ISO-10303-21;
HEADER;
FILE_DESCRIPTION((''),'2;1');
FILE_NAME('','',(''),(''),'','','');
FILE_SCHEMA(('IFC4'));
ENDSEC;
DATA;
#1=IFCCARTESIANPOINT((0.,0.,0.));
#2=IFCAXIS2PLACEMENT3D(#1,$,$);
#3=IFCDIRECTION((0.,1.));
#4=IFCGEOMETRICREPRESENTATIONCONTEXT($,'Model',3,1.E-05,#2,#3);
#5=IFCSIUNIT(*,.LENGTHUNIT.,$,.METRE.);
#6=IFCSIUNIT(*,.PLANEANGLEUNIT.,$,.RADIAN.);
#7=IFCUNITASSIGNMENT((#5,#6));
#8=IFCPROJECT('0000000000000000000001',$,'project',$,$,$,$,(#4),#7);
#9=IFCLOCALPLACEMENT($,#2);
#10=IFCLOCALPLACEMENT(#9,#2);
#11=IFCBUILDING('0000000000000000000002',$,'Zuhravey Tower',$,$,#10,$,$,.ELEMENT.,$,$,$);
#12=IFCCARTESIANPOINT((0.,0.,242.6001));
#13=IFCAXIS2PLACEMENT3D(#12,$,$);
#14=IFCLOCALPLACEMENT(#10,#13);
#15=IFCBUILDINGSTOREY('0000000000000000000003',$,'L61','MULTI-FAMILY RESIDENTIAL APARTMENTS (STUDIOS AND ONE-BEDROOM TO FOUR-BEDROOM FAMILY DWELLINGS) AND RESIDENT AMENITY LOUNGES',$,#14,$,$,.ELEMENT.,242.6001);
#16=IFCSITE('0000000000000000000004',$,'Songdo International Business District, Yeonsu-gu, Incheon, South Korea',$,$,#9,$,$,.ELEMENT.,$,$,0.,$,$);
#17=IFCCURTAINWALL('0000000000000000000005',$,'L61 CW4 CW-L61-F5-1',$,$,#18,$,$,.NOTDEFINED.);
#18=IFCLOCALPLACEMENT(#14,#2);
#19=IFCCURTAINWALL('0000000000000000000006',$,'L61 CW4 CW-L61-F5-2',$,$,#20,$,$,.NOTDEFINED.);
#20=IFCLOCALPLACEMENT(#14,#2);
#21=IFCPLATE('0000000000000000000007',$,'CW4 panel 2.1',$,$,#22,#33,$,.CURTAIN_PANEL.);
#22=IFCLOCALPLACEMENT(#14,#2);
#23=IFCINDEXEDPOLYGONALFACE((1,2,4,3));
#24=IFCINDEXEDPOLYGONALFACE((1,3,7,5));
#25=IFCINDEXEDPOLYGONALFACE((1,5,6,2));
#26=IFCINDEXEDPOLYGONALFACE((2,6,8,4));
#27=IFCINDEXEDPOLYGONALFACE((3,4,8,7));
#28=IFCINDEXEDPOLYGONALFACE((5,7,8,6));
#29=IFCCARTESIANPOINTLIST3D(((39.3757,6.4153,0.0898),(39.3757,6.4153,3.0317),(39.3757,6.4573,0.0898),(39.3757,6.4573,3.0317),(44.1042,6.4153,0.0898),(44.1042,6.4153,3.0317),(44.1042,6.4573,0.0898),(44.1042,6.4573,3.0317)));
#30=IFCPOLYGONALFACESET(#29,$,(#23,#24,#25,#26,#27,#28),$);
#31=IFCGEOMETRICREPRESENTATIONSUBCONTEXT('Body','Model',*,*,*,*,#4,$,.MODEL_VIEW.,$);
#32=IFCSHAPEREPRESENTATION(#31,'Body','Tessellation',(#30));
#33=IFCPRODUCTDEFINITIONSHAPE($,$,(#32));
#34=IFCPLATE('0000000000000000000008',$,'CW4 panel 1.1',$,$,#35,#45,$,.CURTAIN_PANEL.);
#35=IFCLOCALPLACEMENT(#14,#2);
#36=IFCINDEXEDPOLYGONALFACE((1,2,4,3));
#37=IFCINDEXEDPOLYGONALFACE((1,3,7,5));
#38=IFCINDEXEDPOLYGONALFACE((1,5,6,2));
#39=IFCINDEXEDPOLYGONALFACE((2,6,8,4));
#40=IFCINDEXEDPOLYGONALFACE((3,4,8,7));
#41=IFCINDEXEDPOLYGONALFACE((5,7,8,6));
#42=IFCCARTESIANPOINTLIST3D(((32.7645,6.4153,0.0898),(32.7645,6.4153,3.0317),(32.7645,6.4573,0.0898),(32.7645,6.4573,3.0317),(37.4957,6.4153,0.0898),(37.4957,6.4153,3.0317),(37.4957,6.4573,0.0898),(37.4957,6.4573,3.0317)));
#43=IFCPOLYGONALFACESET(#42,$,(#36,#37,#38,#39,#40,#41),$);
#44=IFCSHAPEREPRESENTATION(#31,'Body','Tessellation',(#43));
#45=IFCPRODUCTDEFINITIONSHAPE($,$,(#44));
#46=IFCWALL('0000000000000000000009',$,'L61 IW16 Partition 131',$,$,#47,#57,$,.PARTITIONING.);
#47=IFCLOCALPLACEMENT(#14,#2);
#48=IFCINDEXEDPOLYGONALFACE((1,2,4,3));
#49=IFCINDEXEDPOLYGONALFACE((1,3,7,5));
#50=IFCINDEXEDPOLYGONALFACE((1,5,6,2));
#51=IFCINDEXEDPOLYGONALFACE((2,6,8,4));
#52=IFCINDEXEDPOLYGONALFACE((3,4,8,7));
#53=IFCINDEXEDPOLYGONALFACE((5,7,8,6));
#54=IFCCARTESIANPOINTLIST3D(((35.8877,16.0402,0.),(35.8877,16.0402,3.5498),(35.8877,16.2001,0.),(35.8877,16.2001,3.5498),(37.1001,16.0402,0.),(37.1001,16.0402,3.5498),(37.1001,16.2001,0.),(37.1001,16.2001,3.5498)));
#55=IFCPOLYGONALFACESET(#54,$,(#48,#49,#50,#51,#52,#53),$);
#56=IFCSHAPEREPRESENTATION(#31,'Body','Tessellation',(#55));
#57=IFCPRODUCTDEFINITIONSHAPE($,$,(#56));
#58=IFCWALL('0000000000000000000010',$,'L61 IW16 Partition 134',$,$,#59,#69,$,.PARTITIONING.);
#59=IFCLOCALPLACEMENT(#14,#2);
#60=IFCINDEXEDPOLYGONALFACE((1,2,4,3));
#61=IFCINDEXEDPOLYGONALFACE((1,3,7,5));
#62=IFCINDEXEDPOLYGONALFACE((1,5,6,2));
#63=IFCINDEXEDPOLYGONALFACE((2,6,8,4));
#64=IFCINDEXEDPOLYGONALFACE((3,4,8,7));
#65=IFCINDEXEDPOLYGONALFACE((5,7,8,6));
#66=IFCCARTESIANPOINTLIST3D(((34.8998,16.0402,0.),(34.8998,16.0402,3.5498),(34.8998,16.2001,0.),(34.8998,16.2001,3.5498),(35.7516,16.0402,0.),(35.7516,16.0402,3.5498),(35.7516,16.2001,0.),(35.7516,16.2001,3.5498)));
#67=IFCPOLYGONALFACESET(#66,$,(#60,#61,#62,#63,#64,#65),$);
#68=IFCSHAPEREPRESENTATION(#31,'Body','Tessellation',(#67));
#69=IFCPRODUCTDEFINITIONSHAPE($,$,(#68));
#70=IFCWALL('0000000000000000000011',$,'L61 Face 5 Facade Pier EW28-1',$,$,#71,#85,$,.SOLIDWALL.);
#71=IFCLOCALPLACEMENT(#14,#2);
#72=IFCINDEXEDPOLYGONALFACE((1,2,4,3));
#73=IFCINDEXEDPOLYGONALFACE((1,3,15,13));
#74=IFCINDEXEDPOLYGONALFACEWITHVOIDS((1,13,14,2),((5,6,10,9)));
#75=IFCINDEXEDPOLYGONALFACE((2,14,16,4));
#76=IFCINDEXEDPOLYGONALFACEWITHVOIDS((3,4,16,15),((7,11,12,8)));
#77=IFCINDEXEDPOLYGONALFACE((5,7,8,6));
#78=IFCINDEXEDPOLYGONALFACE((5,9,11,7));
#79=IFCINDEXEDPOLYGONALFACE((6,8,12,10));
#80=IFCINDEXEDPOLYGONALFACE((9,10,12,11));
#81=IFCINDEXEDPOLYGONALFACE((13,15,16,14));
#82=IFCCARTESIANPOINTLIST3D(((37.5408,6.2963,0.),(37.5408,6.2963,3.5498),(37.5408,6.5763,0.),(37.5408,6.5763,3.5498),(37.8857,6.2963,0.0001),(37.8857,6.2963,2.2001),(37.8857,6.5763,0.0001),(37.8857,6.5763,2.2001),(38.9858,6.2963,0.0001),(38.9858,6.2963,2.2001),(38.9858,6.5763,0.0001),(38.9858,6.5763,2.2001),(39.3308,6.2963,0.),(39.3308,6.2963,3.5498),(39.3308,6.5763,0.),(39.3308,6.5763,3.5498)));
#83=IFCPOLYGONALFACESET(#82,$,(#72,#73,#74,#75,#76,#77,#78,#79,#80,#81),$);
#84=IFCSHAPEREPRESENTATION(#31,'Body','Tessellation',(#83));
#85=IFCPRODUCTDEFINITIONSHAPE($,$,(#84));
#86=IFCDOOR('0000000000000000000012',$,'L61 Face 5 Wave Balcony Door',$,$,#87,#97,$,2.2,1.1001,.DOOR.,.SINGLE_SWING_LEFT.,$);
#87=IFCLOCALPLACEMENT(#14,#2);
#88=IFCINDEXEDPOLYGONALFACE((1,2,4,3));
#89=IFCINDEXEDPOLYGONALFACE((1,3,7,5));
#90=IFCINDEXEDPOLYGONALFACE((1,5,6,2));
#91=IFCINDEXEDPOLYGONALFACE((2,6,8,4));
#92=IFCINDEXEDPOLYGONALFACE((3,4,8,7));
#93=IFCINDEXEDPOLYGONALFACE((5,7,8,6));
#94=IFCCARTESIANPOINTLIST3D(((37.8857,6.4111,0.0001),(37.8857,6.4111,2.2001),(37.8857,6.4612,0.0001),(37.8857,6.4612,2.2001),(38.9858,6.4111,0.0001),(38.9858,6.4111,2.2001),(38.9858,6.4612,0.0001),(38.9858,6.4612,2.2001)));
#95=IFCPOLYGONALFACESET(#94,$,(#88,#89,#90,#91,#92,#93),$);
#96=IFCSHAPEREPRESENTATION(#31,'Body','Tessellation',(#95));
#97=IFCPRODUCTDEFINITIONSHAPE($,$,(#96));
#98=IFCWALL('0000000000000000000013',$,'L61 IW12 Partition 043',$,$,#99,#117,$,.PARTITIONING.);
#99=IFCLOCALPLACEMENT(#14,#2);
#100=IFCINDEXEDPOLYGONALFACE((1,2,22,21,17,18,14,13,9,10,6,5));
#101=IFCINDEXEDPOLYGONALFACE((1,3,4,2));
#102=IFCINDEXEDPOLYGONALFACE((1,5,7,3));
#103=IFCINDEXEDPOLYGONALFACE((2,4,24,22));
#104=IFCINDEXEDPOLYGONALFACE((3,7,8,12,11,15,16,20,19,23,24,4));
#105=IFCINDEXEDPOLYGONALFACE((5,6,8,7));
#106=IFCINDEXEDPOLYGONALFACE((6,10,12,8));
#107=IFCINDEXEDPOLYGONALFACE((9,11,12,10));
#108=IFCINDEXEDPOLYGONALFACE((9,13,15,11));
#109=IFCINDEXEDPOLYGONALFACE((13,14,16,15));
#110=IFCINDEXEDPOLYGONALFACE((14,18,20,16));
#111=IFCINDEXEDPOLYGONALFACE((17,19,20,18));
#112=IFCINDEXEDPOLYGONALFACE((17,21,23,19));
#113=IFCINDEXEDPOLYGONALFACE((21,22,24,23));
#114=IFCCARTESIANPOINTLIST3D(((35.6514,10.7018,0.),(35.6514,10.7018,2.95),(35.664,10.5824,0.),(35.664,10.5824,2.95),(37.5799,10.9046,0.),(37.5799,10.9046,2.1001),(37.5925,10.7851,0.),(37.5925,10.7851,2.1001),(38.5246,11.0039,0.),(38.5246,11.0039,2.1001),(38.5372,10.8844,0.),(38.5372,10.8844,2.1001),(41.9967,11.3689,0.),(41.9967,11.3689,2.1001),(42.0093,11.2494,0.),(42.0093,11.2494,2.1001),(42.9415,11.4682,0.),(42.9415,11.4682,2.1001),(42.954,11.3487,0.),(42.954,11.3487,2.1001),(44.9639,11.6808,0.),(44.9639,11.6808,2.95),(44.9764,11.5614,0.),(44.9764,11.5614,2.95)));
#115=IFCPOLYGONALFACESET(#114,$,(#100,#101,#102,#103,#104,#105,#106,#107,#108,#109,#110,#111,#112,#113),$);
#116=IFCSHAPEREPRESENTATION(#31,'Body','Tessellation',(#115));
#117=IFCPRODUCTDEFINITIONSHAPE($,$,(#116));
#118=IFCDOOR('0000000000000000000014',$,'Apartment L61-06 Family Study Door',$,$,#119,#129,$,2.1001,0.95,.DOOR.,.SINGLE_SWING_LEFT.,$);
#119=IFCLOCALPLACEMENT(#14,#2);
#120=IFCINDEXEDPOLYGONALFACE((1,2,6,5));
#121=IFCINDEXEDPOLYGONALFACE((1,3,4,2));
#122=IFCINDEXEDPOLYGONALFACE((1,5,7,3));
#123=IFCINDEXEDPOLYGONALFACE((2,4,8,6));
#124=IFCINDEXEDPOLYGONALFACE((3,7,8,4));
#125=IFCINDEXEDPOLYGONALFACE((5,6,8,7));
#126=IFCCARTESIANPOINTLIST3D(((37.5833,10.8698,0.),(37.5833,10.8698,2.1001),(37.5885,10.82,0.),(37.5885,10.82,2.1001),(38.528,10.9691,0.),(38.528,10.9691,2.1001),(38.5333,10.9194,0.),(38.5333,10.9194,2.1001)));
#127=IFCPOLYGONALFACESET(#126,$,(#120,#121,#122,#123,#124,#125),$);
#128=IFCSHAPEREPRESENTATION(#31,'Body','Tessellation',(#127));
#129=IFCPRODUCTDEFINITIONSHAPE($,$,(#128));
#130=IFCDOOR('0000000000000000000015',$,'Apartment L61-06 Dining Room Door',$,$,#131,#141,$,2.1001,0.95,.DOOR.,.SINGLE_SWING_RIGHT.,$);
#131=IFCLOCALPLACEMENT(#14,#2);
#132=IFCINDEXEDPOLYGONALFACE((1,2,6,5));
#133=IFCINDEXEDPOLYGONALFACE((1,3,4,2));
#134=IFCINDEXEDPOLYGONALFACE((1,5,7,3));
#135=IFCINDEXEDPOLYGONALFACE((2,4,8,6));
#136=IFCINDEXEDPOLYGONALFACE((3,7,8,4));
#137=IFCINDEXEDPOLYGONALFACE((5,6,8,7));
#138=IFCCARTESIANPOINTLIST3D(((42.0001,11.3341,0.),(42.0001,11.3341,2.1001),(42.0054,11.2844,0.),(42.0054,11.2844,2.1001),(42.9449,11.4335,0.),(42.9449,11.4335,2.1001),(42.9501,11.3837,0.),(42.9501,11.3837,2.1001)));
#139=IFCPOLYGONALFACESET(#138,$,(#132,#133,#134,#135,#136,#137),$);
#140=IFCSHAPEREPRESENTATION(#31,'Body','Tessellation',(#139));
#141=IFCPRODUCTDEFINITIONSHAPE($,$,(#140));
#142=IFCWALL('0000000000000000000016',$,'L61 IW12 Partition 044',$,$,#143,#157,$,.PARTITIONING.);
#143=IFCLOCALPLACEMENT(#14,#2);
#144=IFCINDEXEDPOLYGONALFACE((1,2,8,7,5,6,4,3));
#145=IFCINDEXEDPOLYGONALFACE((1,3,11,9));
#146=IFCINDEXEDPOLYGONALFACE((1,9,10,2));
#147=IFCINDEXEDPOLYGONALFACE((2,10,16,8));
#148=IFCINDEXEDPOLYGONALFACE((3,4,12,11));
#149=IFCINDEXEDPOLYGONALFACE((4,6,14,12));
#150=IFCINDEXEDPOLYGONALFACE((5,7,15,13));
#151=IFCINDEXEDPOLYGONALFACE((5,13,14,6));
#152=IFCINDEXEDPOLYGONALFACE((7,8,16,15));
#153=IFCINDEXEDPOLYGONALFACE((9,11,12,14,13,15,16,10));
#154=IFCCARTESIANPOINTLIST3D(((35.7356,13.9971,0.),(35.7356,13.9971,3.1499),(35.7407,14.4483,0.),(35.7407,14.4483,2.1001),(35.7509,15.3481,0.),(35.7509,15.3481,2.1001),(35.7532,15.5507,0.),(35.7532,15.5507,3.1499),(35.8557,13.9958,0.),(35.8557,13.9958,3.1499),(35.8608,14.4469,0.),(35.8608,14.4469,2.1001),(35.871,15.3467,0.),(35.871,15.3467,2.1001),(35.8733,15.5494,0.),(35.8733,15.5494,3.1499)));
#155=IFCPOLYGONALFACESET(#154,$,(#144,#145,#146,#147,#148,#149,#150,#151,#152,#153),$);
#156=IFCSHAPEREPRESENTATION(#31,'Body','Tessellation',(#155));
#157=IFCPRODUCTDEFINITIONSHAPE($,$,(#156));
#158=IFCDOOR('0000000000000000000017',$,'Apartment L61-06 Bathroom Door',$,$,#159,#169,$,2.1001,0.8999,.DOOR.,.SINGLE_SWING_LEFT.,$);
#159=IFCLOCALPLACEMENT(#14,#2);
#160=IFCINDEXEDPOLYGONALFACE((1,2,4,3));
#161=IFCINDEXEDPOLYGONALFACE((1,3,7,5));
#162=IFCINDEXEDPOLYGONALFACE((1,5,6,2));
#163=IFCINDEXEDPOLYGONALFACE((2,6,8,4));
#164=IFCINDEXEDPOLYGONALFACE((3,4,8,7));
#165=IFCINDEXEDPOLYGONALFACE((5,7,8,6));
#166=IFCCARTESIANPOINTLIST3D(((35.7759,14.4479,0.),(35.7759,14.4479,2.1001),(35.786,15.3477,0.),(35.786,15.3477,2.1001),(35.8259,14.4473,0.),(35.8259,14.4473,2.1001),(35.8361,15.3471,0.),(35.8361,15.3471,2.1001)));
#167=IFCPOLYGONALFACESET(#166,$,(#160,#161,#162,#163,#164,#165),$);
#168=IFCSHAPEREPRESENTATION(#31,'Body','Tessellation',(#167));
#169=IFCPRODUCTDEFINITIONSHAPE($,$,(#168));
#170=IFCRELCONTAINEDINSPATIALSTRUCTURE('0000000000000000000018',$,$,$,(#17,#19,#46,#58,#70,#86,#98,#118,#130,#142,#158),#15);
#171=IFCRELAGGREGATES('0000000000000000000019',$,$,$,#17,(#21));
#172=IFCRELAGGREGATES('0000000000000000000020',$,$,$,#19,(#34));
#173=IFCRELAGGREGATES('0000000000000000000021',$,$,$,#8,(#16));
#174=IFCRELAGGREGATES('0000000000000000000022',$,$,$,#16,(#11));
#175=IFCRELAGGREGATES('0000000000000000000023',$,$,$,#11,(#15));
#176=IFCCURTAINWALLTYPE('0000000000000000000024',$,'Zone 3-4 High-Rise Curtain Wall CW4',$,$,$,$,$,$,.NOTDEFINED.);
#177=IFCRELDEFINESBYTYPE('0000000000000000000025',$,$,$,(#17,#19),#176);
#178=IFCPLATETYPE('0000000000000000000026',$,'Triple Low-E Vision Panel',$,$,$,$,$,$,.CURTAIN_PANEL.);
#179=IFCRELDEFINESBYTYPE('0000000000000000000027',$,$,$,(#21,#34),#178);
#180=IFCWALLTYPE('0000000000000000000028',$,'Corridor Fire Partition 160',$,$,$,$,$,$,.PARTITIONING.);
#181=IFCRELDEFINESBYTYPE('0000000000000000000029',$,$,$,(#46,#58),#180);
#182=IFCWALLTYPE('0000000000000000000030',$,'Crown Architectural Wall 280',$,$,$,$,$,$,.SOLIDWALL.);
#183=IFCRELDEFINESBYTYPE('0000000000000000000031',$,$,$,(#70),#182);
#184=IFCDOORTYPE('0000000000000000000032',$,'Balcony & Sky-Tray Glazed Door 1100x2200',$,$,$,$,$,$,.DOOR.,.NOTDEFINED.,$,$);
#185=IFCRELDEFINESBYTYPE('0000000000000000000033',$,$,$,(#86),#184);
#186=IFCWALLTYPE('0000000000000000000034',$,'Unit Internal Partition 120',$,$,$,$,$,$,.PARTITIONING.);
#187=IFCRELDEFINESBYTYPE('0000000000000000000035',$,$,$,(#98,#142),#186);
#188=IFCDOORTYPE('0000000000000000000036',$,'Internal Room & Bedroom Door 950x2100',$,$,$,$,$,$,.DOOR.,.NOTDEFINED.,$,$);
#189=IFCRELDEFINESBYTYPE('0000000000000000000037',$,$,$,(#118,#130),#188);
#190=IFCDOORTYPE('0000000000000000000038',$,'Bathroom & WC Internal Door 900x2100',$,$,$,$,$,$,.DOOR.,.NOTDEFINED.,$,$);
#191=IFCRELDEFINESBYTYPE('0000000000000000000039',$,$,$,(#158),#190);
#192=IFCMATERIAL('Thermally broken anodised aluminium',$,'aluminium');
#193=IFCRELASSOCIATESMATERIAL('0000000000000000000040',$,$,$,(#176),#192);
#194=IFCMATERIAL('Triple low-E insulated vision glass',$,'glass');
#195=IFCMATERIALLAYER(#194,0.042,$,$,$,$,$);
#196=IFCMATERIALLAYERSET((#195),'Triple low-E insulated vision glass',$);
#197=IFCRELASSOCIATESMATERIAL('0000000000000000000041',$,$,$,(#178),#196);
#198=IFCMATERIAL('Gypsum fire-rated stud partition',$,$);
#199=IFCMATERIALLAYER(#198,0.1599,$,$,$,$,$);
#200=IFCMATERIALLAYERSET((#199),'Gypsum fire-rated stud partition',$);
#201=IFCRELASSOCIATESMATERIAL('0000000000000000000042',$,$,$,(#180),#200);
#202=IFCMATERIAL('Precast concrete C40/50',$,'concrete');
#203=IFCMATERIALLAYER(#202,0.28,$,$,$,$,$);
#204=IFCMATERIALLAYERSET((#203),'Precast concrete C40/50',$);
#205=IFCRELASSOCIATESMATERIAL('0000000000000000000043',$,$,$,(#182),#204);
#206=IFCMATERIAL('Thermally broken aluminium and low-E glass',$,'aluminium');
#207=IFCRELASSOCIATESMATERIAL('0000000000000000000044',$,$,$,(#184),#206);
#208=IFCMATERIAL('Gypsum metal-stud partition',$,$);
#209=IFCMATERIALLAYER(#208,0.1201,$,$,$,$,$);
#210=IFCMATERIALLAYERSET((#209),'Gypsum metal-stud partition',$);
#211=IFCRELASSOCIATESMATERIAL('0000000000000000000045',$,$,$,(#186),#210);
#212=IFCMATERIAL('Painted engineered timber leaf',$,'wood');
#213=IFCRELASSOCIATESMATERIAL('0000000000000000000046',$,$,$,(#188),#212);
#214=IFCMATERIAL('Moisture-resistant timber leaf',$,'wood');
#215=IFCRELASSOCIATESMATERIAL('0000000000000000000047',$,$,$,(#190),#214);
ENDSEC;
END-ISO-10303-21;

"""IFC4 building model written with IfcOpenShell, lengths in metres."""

from ifc_helpers import new_model, si_unit, direction, frame, frame_2d, origin, origin_2d, place, context, subcontext, project, spatial, rectangle, extrude, material, layer, layer_set, type_object, element, fill, aggregate, save


model = new_model("IFC4")

# Units and contexts
model_context = context("Model", 3, precision=1e-05, world=origin(), true_north=direction((0.0, 1.0)))
body_context = subcontext(model_context, "Body", "Model", "MODEL_VIEW")
ifc_project = project(units=[si_unit("LENGTHUNIT", "METRE"), si_unit("PLANEANGLEUNIT", "RADIAN")], contexts=[model_context])

# Site, building, storey
site_placement = place(None, origin())
site = spatial("IfcSite", under=ifc_project, at=site_placement, Name="Songdo International Business District, Yeonsu-gu, Incheon, South Korea", CompositionType="ELEMENT", RefElevation=0.0)
building_placement = place(site_placement, origin())
building = spatial("IfcBuilding", under=site, at=building_placement, Name="Zuhravey Tower", CompositionType="ELEMENT")
storey_placement = place(building_placement, frame((0.0, 0.0, 242.6001)))
storey = spatial("IfcBuildingStorey", under=building, at=storey_placement, Name="L61", Description="MULTI-FAMILY RESIDENTIAL APARTMENTS (STUDIOS AND ONE-BEDROOM TO FOUR-BEDROOM FAMILY DWELLINGS) AND RESIDENT AMENITY LOUNGES", CompositionType="ELEMENT", Elevation=242.6001)

# Curtain wall
ifc_material_1 = material(Name="Thermally broken anodised aluminium", Category="aluminium")
curtain_wall_type = type_object("IfcCurtainWallType", Name="Zone 3-4 High-Rise Curtain Wall CW4", PredefinedType="NOTDEFINED", material=ifc_material_1)
curtain_wall_1_placement = place(storey_placement, origin())
curtain_wall_1 = element("IfcCurtainWall", 1, at=curtain_wall_1_placement, inside=storey, type_object=curtain_wall_type, Name="L61 CW4 CW-L61-F5-1", PredefinedType="NOTDEFINED")

# Curtain wall
curtain_wall_2_placement = place(storey_placement, origin())
curtain_wall_2 = element("IfcCurtainWall", 2, at=curtain_wall_2_placement, inside=storey, type_object=curtain_wall_type, Name="L61 CW4 CW-L61-F5-2", PredefinedType="NOTDEFINED")

# Plates
ifc_material_2 = material(Name="Triple low-E insulated vision glass", Category="glass")
ifc_layer_1 = layer(ifc_material_2, 0.042)
ifc_layer_set_1 = layer_set([ifc_layer_1], Name="Triple low-E insulated vision glass")
plate_type = type_object("IfcPlateType", Name="Triple Low-E Vision Panel", PredefinedType="CURTAIN_PANEL", material=ifc_layer_set_1)
plate_1_placement = place(storey_placement, frame((41.74, 6.4363, 0.0898), z_axis=(0.0, 0.0, 1.0), x_axis=(-1.0, 0.0, 0.0)))
plate_1 = element("IfcPlate", 3, at=plate_1_placement, type_object=plate_type, Name="CW4 panel 2.1", PredefinedType="CURTAIN_PANEL", context=body_context, shape_type="SweptSolid", body=[
    extrude(rectangle(XDim=4.7285, YDim=0.042, at=origin_2d()), origin(), (0.0, 0.0, 1.0), 2.9419),
])
aggregate(curtain_wall_1, [plate_1])
plate_2_placement = place(storey_placement, frame((35.1301, 6.4363, 0.0898), z_axis=(0.0, 0.0, 1.0), x_axis=(-1.0, 0.0, 0.0)))
plate_2 = element("IfcPlate", 4, at=plate_2_placement, type_object=plate_type, Name="CW4 panel 1.1", PredefinedType="CURTAIN_PANEL", context=body_context, shape_type="SweptSolid", body=[
    extrude(rectangle(XDim=4.7312, YDim=0.042, at=origin_2d()), origin(), (0.0, 0.0, 1.0), 2.9419),
])
aggregate(curtain_wall_2, [plate_2])

# Walls
ifc_material_3 = material(Name="Gypsum fire-rated stud partition")
ifc_layer_2 = layer(ifc_material_3, 0.1599)
ifc_layer_set_2 = layer_set([ifc_layer_2], Name="Gypsum fire-rated stud partition")
wall_type_1 = type_object("IfcWallType", Name="Corridor Fire Partition 160", PredefinedType="PARTITIONING", material=ifc_layer_set_2)
wall_1_placement = place(storey_placement, frame((35.8877, 16.1201, 0.0), z_axis=(0.0, 0.0, 1.0), x_axis=(1.0, 0.0, 0.0)))
element("IfcWall", 5, at=wall_1_placement, inside=storey, type_object=wall_type_1, Name="L61 IW16 Partition 131", PredefinedType="PARTITIONING", context=body_context, shape_type="SweptSolid", body=[
    extrude(rectangle(XDim=1.2124, YDim=0.1599, at=frame_2d((0.6062, 0.0))), origin(), (0.0, 0.0, 1.0), 3.5498),
])
wall_2_placement = place(storey_placement, frame((34.8999, 16.1201, 0.0), z_axis=(0.0, 0.0, 1.0), x_axis=(1.0, 0.0, 0.0)))
element("IfcWall", 6, at=wall_2_placement, inside=storey, type_object=wall_type_1, Name="L61 IW16 Partition 134", PredefinedType="PARTITIONING", context=body_context, shape_type="SweptSolid", body=[
    extrude(rectangle(XDim=0.8518, YDim=0.1599, at=frame_2d((0.4258, 0.0))), origin(), (0.0, 0.0, 1.0), 3.5498),
])

# Wall, opening, door
ifc_material_4 = material(Name="Precast concrete C40/50", Category="concrete")
ifc_layer_3 = layer(ifc_material_4, 0.28)
ifc_layer_set_3 = layer_set([ifc_layer_3], Name="Precast concrete C40/50")
wall_type_2 = type_object("IfcWallType", Name="Crown Architectural Wall 280", PredefinedType="SOLIDWALL", material=ifc_layer_set_3)
wall_3_placement = place(storey_placement, frame((39.3308, 6.4363, 0.0), z_axis=(0.0, 0.0, 1.0), x_axis=(-1.0, 0.0, 0.0)))
wall_3 = element("IfcWall", 7, at=wall_3_placement, inside=storey, type_object=wall_type_2, Name="L61 Face 5 Facade Pier EW28-1", PredefinedType="SOLIDWALL", context=body_context, shape_type="SweptSolid", body=[
    extrude(rectangle(XDim=1.79, YDim=0.28, at=frame_2d((0.895, 0.0))), origin(), (0.0, 0.0, 1.0), 3.5498),
])
opening_1_placement = place(wall_3_placement, frame((0.345, 0.0, 0.0)))
opening_1 = element("IfcOpeningElement", 8, at=opening_1_placement, cuts=wall_3, PredefinedType="OPENING", context=body_context, shape_type="SweptSolid", body=[
    extrude(rectangle(XDim=1.1001, YDim=2.2, at=frame_2d((0.55, 1.1001))), frame((0.0, 0.1521, 0.0), z_axis=(0.0, -1.0, 0.0), x_axis=(1.0, 0.0, 0.0)), (0.0, 0.0, 1.0), 0.304),
])
ifc_material_5 = material(Name="Thermally broken aluminium and low-E glass", Category="aluminium")
door_type_1 = type_object("IfcDoorType", Name="Balcony & Sky-Tray Glazed Door 1100x2200", OperationType="NOTDEFINED", PredefinedType="DOOR", material=ifc_material_5)
door_1_placement = place(opening_1_placement, frame((1.1001, 0.0, 0.0), z_axis=(0.0, 0.0, 1.0), x_axis=(-1.0, 0.0, 0.0)))
door_1 = element("IfcDoor", 9, at=door_1_placement, inside=storey, type_object=door_type_1, Name="L61 Face 5 Wave Balcony Door", OperationType="SINGLE_SWING_LEFT", OverallHeight=2.2, OverallWidth=1.1001, PredefinedType="DOOR", context=body_context, shape_type="SweptSolid", body=[
    extrude(rectangle(XDim=1.1001, YDim=2.2, at=frame_2d((0.55, 1.1001))), frame((0.0, 0.0249, 0.0), z_axis=(0.0, -1.0, 0.0), x_axis=(1.0, 0.0, 0.0)), (0.0, 0.0, 1.0), 0.05),
])
fill(opening_1, door_1)

# Wall, openings, doors
ifc_material_6 = material(Name="Gypsum metal-stud partition")
ifc_layer_4 = layer(ifc_material_6, 0.1201)
ifc_layer_set_4 = layer_set([ifc_layer_4], Name="Gypsum metal-stud partition")
wall_type_3 = type_object("IfcWallType", Name="Unit Internal Partition 120", PredefinedType="PARTITIONING", material=ifc_layer_set_4)
wall_4_placement = place(storey_placement, frame((35.6577, 10.6421, 0.0), z_axis=(0.0, 0.0, 1.0), x_axis=(0.994519, 0.104552, 0.0)))
wall_4 = element("IfcWall", 10, at=wall_4_placement, inside=storey, type_object=wall_type_3, Name="L61 IW12 Partition 043", PredefinedType="PARTITIONING", context=body_context, shape_type="SweptSolid", body=[
    extrude(rectangle(XDim=9.3638, YDim=0.1201, at=frame_2d((4.6819, 0.0))), origin(), (0.0, 0.0, 1.0), 2.95),
])
opening_2_placement = place(wall_4_placement, frame((1.939, 0.0, 0.0)))
opening_2 = element("IfcOpeningElement", 11, at=opening_2_placement, cuts=wall_4, PredefinedType="OPENING", context=body_context, shape_type="SweptSolid", body=[
    extrude(rectangle(XDim=0.95, YDim=2.1001, at=frame_2d((0.4751, 1.05))), frame((0.0, 0.072, 0.0), z_axis=(0.0, -1.0, 0.0), x_axis=(1.0, 0.0, 0.0)), (0.0, 0.0, 1.0), 0.144),
])
opening_3_placement = place(wall_4_placement, frame((6.3801, 0.0, 0.0)))
opening_3 = element("IfcOpeningElement", 12, at=opening_3_placement, cuts=wall_4, PredefinedType="OPENING", context=body_context, shape_type="SweptSolid", body=[
    extrude(rectangle(XDim=0.95, YDim=2.1001, at=frame_2d((0.4751, 1.05))), frame((0.0, 0.072, 0.0), z_axis=(0.0, -1.0, 0.0), x_axis=(1.0, 0.0, 0.0)), (0.0, 0.0, 1.0), 0.144),
])
ifc_material_7 = material(Name="Painted engineered timber leaf", Category="wood")
door_type_2 = type_object("IfcDoorType", Name="Internal Room & Bedroom Door 950x2100", OperationType="NOTDEFINED", PredefinedType="DOOR", material=ifc_material_7)
door_2_placement = place(opening_2_placement, frame((0.95, 0.0, 0.0), z_axis=(0.0, 0.0, 1.0), x_axis=(-1.0, 0.0, 0.0)))
door_2 = element("IfcDoor", 13, at=door_2_placement, inside=storey, type_object=door_type_2, Name="Apartment L61-06 Family Study Door", OperationType="SINGLE_SWING_LEFT", OverallHeight=2.1001, OverallWidth=0.95, PredefinedType="DOOR", context=body_context, shape_type="SweptSolid", body=[
    extrude(rectangle(XDim=0.95, YDim=2.1001, at=frame_2d((0.4751, 1.05))), frame((0.0, 0.0249, 0.0), z_axis=(0.0, -1.0, 0.0), x_axis=(1.0, 0.0, 0.0)), (0.0, 0.0, 1.0), 0.05),
])
fill(opening_2, door_2)
door_3_placement = place(opening_3_placement, frame((0.95, 0.0, 0.0), z_axis=(0.0, 0.0, 1.0), x_axis=(-1.0, 0.0, 0.0)))
door_3 = element("IfcDoor", 14, at=door_3_placement, inside=storey, type_object=door_type_2, Name="Apartment L61-06 Dining Room Door", OperationType="SINGLE_SWING_RIGHT", OverallHeight=2.1001, OverallWidth=0.95, PredefinedType="DOOR", context=body_context, shape_type="SweptSolid", body=[
    extrude(rectangle(XDim=0.95, YDim=2.1001, at=frame_2d((0.4751, 1.05))), frame((0.0, 0.0249, 0.0), z_axis=(0.0, -1.0, 0.0), x_axis=(1.0, 0.0, 0.0)), (0.0, 0.0, 1.0), 0.05),
])
fill(opening_3, door_3)

# Wall, opening, door
wall_5_placement = place(storey_placement, frame((35.8132, 15.55, 0.0), z_axis=(0.0, 0.0, 1.0), x_axis=(-0.011313, -0.999936, 0.0)))
wall_5 = element("IfcWall", 15, at=wall_5_placement, inside=storey, type_object=wall_type_3, Name="L61 IW12 Partition 044", PredefinedType="PARTITIONING", context=body_context, shape_type="SweptSolid", body=[
    extrude(rectangle(XDim=1.5537, YDim=0.1201, at=frame_2d((0.7769, 0.0))), origin(), (0.0, 0.0, 1.0), 3.1499),
])
opening_4_placement = place(wall_5_placement, frame((0.2026, 0.0, 0.0)))
opening_4 = element("IfcOpeningElement", 16, at=opening_4_placement, cuts=wall_5, PredefinedType="OPENING", context=body_context, shape_type="SweptSolid", body=[
    extrude(rectangle(XDim=0.8999, YDim=2.1001, at=frame_2d((0.45, 1.05))), frame((0.0, 0.072, 0.0), z_axis=(0.0, -1.0, 0.0), x_axis=(1.0, 0.0, 0.0)), (0.0, 0.0, 1.0), 0.144),
])
ifc_material_8 = material(Name="Moisture-resistant timber leaf", Category="wood")
door_type_3 = type_object("IfcDoorType", Name="Bathroom & WC Internal Door 900x2100", OperationType="NOTDEFINED", PredefinedType="DOOR", material=ifc_material_8)
door_4_placement = place(opening_4_placement, frame((0.8999, 0.0, 0.0), z_axis=(0.0, 0.0, 1.0), x_axis=(-1.0, 0.0, 0.0)))
door_4 = element("IfcDoor", 17, at=door_4_placement, inside=storey, type_object=door_type_3, Name="Apartment L61-06 Bathroom Door", OperationType="SINGLE_SWING_LEFT", OverallHeight=2.1001, OverallWidth=0.8999, PredefinedType="DOOR", context=body_context, shape_type="SweptSolid", body=[
    extrude(rectangle(XDim=0.8999, YDim=2.1001, at=frame_2d((0.45, 1.05))), frame((0.0, 0.0249, 0.0), z_axis=(0.0, -1.0, 0.0), x_axis=(1.0, 0.0, 0.0)), (0.0, 0.0, 1.0), 0.05),
])
fill(opening_4, door_4)

save(model, "model.ifc")
